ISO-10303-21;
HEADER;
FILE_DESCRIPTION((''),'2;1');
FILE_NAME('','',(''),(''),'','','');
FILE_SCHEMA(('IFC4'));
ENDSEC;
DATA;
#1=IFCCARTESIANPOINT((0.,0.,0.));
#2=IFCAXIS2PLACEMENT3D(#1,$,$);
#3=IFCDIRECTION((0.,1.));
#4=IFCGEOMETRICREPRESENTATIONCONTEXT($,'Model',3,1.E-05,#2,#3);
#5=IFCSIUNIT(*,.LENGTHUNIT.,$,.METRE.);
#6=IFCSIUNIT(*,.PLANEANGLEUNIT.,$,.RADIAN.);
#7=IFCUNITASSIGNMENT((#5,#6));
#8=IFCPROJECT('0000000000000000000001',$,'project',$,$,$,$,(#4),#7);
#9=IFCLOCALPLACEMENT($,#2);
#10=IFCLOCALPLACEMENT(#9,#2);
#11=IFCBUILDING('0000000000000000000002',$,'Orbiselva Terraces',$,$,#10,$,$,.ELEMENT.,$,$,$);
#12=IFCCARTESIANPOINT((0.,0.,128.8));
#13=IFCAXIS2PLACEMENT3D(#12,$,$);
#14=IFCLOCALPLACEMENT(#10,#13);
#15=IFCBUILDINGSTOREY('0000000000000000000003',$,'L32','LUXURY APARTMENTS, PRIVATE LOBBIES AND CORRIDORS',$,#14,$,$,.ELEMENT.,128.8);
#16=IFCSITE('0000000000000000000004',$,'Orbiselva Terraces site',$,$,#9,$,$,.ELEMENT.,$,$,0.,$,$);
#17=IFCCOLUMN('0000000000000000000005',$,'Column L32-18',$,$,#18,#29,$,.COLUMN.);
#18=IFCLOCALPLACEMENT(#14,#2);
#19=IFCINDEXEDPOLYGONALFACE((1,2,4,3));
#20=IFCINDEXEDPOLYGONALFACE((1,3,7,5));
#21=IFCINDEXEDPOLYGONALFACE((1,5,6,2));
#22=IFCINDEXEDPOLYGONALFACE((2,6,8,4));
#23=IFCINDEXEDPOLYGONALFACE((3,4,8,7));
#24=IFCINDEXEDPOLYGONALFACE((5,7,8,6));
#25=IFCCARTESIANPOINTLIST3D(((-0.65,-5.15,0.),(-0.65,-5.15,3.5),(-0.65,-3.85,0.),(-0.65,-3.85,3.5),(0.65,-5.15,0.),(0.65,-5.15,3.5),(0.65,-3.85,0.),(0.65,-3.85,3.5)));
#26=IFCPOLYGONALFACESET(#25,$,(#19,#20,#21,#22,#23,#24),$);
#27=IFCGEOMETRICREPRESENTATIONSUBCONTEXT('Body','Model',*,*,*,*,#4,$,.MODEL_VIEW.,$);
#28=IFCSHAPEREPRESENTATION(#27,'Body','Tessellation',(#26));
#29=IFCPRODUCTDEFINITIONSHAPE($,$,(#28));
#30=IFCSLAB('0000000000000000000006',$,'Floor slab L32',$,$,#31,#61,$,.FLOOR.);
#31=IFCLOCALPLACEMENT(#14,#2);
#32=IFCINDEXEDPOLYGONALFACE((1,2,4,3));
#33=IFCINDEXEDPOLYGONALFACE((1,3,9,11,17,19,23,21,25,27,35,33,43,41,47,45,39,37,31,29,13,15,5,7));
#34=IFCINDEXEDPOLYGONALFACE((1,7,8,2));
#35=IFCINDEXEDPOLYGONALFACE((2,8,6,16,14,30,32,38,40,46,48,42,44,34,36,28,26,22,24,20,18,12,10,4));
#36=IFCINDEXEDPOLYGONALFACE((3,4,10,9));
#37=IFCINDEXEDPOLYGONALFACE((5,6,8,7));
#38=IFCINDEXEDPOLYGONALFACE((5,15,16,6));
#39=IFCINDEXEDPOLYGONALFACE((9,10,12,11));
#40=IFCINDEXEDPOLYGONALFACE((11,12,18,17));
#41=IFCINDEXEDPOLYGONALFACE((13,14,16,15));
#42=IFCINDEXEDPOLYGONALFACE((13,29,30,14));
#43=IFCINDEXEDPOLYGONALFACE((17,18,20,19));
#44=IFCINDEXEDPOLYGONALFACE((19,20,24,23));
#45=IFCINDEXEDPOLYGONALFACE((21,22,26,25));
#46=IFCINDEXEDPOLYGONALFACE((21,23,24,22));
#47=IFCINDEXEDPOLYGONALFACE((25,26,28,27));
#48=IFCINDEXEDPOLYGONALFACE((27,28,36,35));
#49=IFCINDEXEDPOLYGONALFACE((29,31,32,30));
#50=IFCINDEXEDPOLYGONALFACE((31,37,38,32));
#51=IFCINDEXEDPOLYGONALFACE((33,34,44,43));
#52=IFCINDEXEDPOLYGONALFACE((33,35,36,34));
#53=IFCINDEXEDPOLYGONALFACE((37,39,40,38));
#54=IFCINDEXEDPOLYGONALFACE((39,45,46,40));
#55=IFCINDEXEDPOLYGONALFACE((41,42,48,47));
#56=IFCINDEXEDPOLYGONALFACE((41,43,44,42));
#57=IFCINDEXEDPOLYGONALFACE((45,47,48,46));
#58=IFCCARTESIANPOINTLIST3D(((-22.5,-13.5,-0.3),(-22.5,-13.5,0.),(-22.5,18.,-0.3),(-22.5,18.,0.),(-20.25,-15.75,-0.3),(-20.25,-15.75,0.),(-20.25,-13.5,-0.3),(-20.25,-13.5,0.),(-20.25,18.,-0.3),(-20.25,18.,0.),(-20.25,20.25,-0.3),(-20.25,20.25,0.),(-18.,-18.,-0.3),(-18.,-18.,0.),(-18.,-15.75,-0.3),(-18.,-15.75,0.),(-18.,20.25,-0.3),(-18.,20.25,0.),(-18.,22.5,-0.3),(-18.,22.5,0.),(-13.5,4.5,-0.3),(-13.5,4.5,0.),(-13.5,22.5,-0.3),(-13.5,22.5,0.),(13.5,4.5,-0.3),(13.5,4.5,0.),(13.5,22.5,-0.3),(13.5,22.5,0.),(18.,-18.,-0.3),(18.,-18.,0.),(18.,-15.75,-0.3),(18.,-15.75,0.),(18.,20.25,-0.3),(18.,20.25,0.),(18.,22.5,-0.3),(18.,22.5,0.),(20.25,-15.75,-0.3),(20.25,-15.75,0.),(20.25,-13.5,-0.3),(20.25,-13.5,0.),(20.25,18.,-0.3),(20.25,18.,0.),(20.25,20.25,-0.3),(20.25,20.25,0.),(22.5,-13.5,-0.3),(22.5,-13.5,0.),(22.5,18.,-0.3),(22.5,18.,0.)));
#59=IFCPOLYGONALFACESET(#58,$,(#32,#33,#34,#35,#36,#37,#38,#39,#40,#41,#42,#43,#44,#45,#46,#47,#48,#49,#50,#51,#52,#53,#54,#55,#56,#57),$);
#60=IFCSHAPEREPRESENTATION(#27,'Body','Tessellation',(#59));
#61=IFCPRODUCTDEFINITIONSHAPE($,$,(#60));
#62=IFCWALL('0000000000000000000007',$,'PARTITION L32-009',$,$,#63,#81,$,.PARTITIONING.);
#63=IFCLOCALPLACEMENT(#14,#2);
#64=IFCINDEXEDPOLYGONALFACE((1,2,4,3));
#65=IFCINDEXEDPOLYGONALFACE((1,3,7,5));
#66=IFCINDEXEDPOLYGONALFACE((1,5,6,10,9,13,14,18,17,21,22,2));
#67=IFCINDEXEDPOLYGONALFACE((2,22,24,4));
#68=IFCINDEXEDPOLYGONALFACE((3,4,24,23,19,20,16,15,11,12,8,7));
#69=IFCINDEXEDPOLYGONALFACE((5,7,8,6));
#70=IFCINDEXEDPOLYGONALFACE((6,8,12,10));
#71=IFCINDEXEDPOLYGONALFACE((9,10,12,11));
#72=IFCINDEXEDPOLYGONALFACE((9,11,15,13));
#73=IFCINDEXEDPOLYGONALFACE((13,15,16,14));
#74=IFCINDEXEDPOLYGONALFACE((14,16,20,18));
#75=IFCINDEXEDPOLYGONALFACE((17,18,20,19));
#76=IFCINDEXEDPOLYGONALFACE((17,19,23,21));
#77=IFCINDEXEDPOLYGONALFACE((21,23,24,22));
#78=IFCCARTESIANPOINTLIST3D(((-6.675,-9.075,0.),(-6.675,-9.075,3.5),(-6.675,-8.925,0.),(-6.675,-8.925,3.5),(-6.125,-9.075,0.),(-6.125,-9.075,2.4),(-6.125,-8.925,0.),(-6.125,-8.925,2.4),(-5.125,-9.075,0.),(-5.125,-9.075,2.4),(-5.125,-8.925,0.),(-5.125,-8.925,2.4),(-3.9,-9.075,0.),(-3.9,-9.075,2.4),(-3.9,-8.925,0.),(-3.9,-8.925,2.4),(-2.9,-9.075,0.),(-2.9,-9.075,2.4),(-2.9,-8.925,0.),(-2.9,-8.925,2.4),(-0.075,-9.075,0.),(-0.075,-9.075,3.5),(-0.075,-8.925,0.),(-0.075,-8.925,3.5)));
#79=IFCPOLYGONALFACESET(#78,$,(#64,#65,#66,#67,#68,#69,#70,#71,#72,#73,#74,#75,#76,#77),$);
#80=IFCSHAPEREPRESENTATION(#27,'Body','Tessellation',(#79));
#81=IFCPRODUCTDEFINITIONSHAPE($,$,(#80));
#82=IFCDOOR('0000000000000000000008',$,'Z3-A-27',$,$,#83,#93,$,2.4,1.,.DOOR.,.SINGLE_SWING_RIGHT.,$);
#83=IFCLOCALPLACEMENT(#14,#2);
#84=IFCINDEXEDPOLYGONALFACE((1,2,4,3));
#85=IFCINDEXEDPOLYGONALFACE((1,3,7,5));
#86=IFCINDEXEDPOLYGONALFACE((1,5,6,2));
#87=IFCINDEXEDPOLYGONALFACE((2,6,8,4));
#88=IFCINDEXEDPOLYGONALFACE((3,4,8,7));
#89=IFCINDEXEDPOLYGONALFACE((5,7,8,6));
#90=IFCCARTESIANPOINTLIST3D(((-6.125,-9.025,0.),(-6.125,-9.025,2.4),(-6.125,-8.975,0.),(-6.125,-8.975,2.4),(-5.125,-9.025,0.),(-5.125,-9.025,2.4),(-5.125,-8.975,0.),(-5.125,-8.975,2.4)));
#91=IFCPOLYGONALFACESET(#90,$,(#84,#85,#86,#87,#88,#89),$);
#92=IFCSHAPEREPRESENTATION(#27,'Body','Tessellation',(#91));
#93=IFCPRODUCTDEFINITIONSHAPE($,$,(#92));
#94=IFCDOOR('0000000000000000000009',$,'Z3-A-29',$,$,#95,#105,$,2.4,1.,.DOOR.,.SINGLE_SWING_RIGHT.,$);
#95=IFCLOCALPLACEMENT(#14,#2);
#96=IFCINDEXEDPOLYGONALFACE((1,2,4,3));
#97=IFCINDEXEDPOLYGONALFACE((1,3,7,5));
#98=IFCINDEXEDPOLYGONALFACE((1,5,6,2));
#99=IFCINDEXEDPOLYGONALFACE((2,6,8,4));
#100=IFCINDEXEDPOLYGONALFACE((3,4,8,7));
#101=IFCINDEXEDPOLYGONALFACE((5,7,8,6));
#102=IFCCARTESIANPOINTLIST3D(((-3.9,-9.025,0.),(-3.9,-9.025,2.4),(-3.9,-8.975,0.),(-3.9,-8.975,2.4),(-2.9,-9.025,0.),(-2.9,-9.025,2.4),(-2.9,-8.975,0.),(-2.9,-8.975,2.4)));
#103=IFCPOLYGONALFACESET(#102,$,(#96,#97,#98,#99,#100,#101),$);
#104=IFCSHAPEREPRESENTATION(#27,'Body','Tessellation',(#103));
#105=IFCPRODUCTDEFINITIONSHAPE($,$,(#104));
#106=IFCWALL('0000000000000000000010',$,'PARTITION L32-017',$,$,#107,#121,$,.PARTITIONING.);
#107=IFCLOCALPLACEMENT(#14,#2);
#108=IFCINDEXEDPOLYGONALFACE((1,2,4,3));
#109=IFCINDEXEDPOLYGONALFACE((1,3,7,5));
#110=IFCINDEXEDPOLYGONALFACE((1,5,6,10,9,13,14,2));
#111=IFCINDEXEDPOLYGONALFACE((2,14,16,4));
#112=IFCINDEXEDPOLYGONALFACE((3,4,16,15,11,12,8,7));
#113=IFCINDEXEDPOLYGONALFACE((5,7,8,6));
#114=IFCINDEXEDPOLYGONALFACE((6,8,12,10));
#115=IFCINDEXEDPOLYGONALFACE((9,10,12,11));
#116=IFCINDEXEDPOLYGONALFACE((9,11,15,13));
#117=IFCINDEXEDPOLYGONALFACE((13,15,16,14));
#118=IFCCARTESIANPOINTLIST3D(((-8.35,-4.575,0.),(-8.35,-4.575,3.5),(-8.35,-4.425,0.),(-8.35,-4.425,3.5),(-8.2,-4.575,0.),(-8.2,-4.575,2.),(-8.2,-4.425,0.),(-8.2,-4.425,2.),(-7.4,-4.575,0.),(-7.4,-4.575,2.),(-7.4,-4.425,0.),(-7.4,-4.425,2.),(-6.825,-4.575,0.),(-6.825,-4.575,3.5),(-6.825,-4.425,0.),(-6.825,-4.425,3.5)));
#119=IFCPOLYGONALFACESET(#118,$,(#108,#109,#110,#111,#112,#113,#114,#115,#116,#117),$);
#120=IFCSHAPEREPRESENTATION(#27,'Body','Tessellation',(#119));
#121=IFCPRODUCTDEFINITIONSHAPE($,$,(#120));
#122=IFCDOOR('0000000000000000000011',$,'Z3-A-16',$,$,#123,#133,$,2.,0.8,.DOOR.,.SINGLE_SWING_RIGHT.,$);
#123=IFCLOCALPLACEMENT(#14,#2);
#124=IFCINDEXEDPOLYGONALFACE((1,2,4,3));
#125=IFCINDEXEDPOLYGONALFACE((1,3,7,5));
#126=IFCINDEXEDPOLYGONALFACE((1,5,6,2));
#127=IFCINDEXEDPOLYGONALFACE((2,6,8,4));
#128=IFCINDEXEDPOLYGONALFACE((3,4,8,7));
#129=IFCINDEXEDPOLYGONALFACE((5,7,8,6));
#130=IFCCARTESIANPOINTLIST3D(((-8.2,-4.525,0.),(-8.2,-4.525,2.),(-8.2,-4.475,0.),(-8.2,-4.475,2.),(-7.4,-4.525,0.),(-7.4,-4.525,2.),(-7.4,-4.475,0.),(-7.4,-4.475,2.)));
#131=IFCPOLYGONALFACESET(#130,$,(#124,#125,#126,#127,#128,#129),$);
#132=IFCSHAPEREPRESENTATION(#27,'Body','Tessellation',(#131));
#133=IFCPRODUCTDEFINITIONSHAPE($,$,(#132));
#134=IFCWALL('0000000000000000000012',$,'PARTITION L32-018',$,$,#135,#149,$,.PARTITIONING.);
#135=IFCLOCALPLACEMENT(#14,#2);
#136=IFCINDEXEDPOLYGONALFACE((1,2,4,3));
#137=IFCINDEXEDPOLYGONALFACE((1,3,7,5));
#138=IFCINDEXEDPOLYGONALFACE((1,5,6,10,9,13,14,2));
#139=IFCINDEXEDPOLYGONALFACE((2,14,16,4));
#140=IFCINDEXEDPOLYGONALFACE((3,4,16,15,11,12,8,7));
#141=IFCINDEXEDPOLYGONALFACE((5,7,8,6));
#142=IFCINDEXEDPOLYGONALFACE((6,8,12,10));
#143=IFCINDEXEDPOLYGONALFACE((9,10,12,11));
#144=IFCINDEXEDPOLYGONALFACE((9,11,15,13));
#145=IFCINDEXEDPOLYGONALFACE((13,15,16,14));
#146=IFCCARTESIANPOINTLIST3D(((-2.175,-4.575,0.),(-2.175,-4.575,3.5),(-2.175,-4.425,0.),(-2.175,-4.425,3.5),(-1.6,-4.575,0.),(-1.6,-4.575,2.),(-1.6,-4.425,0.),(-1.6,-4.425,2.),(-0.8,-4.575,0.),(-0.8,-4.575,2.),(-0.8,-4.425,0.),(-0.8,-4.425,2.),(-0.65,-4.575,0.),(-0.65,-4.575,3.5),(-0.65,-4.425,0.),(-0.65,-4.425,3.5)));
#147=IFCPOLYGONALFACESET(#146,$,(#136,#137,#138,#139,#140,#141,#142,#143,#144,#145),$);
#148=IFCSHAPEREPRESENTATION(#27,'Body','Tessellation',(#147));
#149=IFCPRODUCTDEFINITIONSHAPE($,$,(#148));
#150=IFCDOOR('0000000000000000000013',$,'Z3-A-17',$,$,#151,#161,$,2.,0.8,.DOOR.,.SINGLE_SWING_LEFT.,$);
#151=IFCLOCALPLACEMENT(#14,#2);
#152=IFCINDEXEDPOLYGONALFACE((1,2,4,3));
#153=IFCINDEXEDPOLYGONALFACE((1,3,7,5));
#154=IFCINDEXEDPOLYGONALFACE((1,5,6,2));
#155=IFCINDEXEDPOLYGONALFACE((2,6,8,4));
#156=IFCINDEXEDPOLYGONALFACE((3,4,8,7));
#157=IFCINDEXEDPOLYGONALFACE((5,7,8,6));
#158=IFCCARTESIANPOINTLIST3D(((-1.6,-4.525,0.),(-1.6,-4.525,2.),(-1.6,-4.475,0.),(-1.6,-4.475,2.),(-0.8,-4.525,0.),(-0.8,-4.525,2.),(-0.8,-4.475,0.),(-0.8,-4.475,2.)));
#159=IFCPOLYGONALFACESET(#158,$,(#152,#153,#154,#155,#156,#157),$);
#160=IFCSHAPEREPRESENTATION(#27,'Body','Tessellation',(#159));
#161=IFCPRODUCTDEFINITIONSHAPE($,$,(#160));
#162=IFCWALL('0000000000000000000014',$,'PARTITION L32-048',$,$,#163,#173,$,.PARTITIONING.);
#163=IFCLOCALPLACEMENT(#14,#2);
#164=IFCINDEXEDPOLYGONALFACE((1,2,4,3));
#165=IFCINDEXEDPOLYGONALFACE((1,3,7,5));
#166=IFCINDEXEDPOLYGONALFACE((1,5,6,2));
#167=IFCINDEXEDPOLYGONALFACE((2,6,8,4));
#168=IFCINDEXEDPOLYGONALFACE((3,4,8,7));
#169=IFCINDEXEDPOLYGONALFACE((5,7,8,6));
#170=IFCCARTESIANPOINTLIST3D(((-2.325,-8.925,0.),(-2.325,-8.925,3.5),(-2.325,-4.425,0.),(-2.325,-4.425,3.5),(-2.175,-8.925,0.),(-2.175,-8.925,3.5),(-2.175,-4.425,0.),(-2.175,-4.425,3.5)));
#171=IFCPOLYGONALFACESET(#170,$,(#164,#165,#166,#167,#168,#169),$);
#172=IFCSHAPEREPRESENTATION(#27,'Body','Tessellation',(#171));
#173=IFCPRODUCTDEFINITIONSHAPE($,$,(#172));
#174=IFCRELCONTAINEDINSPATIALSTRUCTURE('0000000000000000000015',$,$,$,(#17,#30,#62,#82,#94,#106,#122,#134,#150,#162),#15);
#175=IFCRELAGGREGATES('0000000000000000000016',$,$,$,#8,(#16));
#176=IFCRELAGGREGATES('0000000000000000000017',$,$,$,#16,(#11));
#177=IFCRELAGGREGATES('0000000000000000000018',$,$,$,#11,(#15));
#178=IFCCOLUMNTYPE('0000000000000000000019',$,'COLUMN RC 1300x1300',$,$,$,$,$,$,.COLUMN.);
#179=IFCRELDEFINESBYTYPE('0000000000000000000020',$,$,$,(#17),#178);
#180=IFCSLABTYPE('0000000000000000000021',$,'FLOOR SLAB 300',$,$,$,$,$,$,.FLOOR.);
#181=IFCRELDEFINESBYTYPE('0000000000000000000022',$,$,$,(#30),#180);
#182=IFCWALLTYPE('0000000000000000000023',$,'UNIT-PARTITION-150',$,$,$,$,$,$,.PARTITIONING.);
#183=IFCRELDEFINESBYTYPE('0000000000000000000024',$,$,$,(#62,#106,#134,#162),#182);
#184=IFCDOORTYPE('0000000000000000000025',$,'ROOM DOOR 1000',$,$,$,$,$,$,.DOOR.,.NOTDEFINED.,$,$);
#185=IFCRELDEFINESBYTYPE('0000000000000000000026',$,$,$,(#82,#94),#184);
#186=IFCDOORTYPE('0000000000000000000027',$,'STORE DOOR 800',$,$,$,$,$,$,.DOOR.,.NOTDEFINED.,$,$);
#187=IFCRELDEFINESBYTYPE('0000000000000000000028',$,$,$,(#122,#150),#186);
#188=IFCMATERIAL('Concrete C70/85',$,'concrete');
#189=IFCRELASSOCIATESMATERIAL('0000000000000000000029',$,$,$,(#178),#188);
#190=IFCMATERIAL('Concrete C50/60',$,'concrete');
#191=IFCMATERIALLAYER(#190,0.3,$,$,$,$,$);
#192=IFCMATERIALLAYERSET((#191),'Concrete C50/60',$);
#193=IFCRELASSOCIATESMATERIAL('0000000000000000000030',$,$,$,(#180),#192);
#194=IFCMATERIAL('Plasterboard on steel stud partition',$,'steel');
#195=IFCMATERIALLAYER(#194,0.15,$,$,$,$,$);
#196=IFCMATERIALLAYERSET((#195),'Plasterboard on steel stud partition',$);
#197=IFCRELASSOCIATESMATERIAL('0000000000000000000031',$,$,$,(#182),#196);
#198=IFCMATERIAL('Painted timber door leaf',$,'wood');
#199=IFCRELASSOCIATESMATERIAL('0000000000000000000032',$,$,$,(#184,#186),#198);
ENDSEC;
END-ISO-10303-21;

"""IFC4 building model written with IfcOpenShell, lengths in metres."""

from ifc_helpers import new_model, si_unit, direction, frame, frame_2d, origin, origin_2d, place, context, subcontext, project, spatial, polyline, rectangle, outline, extrude, material, layer, layer_set, material_profile, profile_set, type_object, element, fill, save


model = new_model("IFC4")

# Units and contexts
model_context = context("Model", 3, precision=1e-05, world=origin(), true_north=direction((0.0, 1.0)))
body_context = subcontext(model_context, "Body", "Model", "MODEL_VIEW")
ifc_project = project(units=[si_unit("LENGTHUNIT", "METRE"), si_unit("PLANEANGLEUNIT", "RADIAN")], contexts=[model_context])

# Site, building, storey
site_placement = place(None, origin())
site = spatial("IfcSite", under=ifc_project, at=site_placement, Name="Orbiselva Terraces site", CompositionType="ELEMENT", RefElevation=0.0)
building_placement = place(site_placement, origin())
building = spatial("IfcBuilding", under=site, at=building_placement, Name="Orbiselva Terraces", CompositionType="ELEMENT")
storey_placement = place(building_placement, frame((0.0, 0.0, 128.8)))
storey = spatial("IfcBuildingStorey", under=building, at=storey_placement, Name="L32", Description="LUXURY APARTMENTS, PRIVATE LOBBIES AND CORRIDORS", CompositionType="ELEMENT", Elevation=128.8)

# Column
ifc_material_1 = material(Name="Concrete C70/85", Category="concrete")
ifc_material_profile = material_profile(ifc_material_1, rectangle(XDim=1.3, YDim=1.3, at=origin_2d()), Name="RC 1300x1300")
ifc_profile_set = profile_set([ifc_material_profile], Name="Concrete C70/85")
column_type = type_object("IfcColumnType", Name="COLUMN RC 1300x1300", PredefinedType="COLUMN", material=ifc_profile_set)
column_placement = place(storey_placement, frame((0.0, -4.5, 0.0), z_axis=(0.0, 0.0, 1.0), x_axis=(1.0, 0.0, 0.0)))
element("IfcColumn", 1, at=column_placement, inside=storey, type_object=column_type, Name="Column L32-18", PredefinedType="COLUMN", context=body_context, shape_type="SweptSolid", body=[
    extrude(rectangle(XDim=1.3, YDim=1.3, at=origin_2d()), origin(), (0.0, 0.0, 1.0), 3.5),
])

# Slab
ifc_material_2 = material(Name="Concrete C50/60", Category="concrete")
ifc_layer_1 = layer(ifc_material_2, 0.3)
ifc_layer_set_1 = layer_set([ifc_layer_1], Name="Concrete C50/60")
slab_type = type_object("IfcSlabType", Name="FLOOR SLAB 300", PredefinedType="FLOOR", material=ifc_layer_set_1)
slab_placement = place(storey_placement, frame((0.0, 0.0, -0.3)))
element("IfcSlab", 2, at=slab_placement, inside=storey, type_object=slab_type, Name="Floor slab L32", PredefinedType="FLOOR", context=body_context, shape_type="SweptSolid", body=[
    extrude(outline(polyline([(18.0, 22.5), (18.0, 20.25), (20.25, 20.25), (20.25, 18.0), (22.5, 18.0), (22.5, -13.5), (20.25, -13.5), (20.25, -15.75), (18.0, -15.75), (18.0, -18.0), (-18.0, -18.0), (-18.0, -15.75), (-20.25, -15.75), (-20.25, -13.5), (-22.5, -13.5), (-22.5, 18.0), (-20.25, 18.0), (-20.25, 20.25), (-18.0, 20.25), (-18.0, 22.5), (-13.5, 22.5), (-13.5, 4.5), (13.5, 4.5), (13.5, 22.5), (18.0, 22.5)])), origin(), (0.0, 0.0, 1.0), 0.3),
])

# Wall, openings, doors
ifc_material_3 = material(Name="Plasterboard on steel stud partition", Category="steel")
ifc_layer_2 = layer(ifc_material_3, 0.15)
ifc_layer_set_2 = layer_set([ifc_layer_2], Name="Plasterboard on steel stud partition")
wall_type = type_object("IfcWallType", Name="UNIT-PARTITION-150", PredefinedType="PARTITIONING", material=ifc_layer_set_2)
wall_1_placement = place(storey_placement, frame((-0.075, -9.0, 0.0), z_axis=(0.0, 0.0, 1.0), x_axis=(-1.0, 0.0, 0.0)))
wall_1 = element("IfcWall", 3, at=wall_1_placement, inside=storey, type_object=wall_type, Name="PARTITION L32-009", PredefinedType="PARTITIONING", context=body_context, shape_type="SweptSolid", body=[
    extrude(rectangle(XDim=6.6, YDim=0.15, at=frame_2d((3.3, 0.0))), origin(), (0.0, 0.0, 1.0), 3.5),
])
opening_1_placement = place(wall_1_placement, frame((5.05, 0.0, 0.0)))
opening_1 = element("IfcOpeningElement", 4, at=opening_1_placement, cuts=wall_1, PredefinedType="OPENING", context=body_context, shape_type="SweptSolid", body=[
    extrude(rectangle(XDim=1.0, YDim=2.4, at=frame_2d((0.5, 1.2))), frame((0.0, 0.085, 0.0), z_axis=(0.0, -1.0, 0.0), x_axis=(1.0, 0.0, 0.0)), (0.0, 0.0, 1.0), 0.17),
])
opening_2_placement = place(wall_1_placement, frame((2.825, 0.0, 0.0)))
opening_2 = element("IfcOpeningElement", 5, at=opening_2_placement, cuts=wall_1, PredefinedType="OPENING", context=body_context, shape_type="SweptSolid", body=[
    extrude(rectangle(XDim=1.0, YDim=2.4, at=frame_2d((0.5, 1.2))), frame((0.0, 0.085, 0.0), z_axis=(0.0, -1.0, 0.0), x_axis=(1.0, 0.0, 0.0)), (0.0, 0.0, 1.0), 0.17),
])
ifc_material_4 = material(Name="Painted timber door leaf", Category="wood")
door_type_1 = type_object("IfcDoorType", Name="ROOM DOOR 1000", OperationType="NOTDEFINED", PredefinedType="DOOR", material=ifc_material_4)
door_1_placement = place(opening_1_placement, origin())
door_1 = element("IfcDoor", 6, at=door_1_placement, inside=storey, type_object=door_type_1, Name="Z3-A-27", OperationType="SINGLE_SWING_RIGHT", OverallHeight=2.4, OverallWidth=1.0, PredefinedType="DOOR", context=body_context, shape_type="SweptSolid", body=[
    extrude(rectangle(XDim=1.0, YDim=2.4, at=frame_2d((0.5, 1.2))), frame((0.0, 0.025, 0.0), z_axis=(0.0, -1.0, 0.0), x_axis=(1.0, 0.0, 0.0)), (0.0, 0.0, 1.0), 0.05),
])
fill(opening_1, door_1)
door_2_placement = place(opening_2_placement, origin())
door_2 = element("IfcDoor", 7, at=door_2_placement, inside=storey, type_object=door_type_1, Name="Z3-A-29", OperationType="SINGLE_SWING_RIGHT", OverallHeight=2.4, OverallWidth=1.0, PredefinedType="DOOR", context=body_context, shape_type="SweptSolid", body=[
    extrude(rectangle(XDim=1.0, YDim=2.4, at=frame_2d((0.5, 1.2))), frame((0.0, 0.025, 0.0), z_axis=(0.0, -1.0, 0.0), x_axis=(1.0, 0.0, 0.0)), (0.0, 0.0, 1.0), 0.05),
])
fill(opening_2, door_2)

# Walls, openings, doors
wall_2_placement = place(storey_placement, frame((-6.825, -4.5, 0.0), z_axis=(0.0, 0.0, 1.0), x_axis=(-1.0, 0.0, 0.0)))
wall_2 = element("IfcWall", 8, at=wall_2_placement, inside=storey, type_object=wall_type, Name="PARTITION L32-017", PredefinedType="PARTITIONING", context=body_context, shape_type="SweptSolid", body=[
    extrude(rectangle(XDim=1.525, YDim=0.15, at=frame_2d((0.7625, 0.0))), origin(), (0.0, 0.0, 1.0), 3.5),
])
opening_3_placement = place(wall_2_placement, frame((0.575, 0.0, 0.0)))
opening_3 = element("IfcOpeningElement", 9, at=opening_3_placement, cuts=wall_2, PredefinedType="OPENING", context=body_context, shape_type="SweptSolid", body=[
    extrude(rectangle(XDim=0.8, YDim=2.0, at=frame_2d((0.4, 1.0))), frame((0.0, 0.085, 0.0), z_axis=(0.0, -1.0, 0.0), x_axis=(1.0, 0.0, 0.0)), (0.0, 0.0, 1.0), 0.17),
])
door_type_2 = type_object("IfcDoorType", Name="STORE DOOR 800", OperationType="NOTDEFINED", PredefinedType="DOOR", material=ifc_material_4)
door_3_placement = place(opening_3_placement, origin())
door_3 = element("IfcDoor", 10, at=door_3_placement, inside=storey, type_object=door_type_2, Name="Z3-A-16", OperationType="SINGLE_SWING_RIGHT", OverallHeight=2.0, OverallWidth=0.8, PredefinedType="DOOR", context=body_context, shape_type="SweptSolid", body=[
    extrude(rectangle(XDim=0.8, YDim=2.0, at=frame_2d((0.4, 1.0))), frame((0.0, 0.025, 0.0), z_axis=(0.0, -1.0, 0.0), x_axis=(1.0, 0.0, 0.0)), (0.0, 0.0, 1.0), 0.05),
])
fill(opening_3, door_3)
wall_3_placement = place(storey_placement, frame((-0.65, -4.5, 0.0), z_axis=(0.0, 0.0, 1.0), x_axis=(-1.0, 0.0, 0.0)))
wall_3 = element("IfcWall", 11, at=wall_3_placement, inside=storey, type_object=wall_type, Name="PARTITION L32-018", PredefinedType="PARTITIONING", context=body_context, shape_type="SweptSolid", body=[
    extrude(rectangle(XDim=1.525, YDim=0.15, at=frame_2d((0.7625, 0.0))), origin(), (0.0, 0.0, 1.0), 3.5),
])
opening_4_placement = place(wall_3_placement, frame((0.15, 0.0, 0.0)))
opening_4 = element("IfcOpeningElement", 12, at=opening_4_placement, cuts=wall_3, PredefinedType="OPENING", context=body_context, shape_type="SweptSolid", body=[
    extrude(rectangle(XDim=0.8, YDim=2.0, at=frame_2d((0.4, 1.0))), frame((0.0, 0.085, 0.0), z_axis=(0.0, -1.0, 0.0), x_axis=(1.0, 0.0, 0.0)), (0.0, 0.0, 1.0), 0.17),
])
door_4_placement = place(opening_4_placement, origin())
door_4 = element("IfcDoor", 13, at=door_4_placement, inside=storey, type_object=door_type_2, Name="Z3-A-17", OperationType="SINGLE_SWING_LEFT", OverallHeight=2.0, OverallWidth=0.8, PredefinedType="DOOR", context=body_context, shape_type="SweptSolid", body=[
    extrude(rectangle(XDim=0.8, YDim=2.0, at=frame_2d((0.4, 1.0))), frame((0.0, 0.025, 0.0), z_axis=(0.0, -1.0, 0.0), x_axis=(1.0, 0.0, 0.0)), (0.0, 0.0, 1.0), 0.05),
])
fill(opening_4, door_4)

# Wall
wall_4_placement = place(storey_placement, frame((-2.25, -8.925, 0.0), z_axis=(0.0, 0.0, 1.0), x_axis=(0.0, 1.0, 0.0)))
element("IfcWall", 14, at=wall_4_placement, inside=storey, type_object=wall_type, Name="PARTITION L32-048", PredefinedType="PARTITIONING", context=body_context, shape_type="SweptSolid", body=[
    extrude(rectangle(XDim=4.5, YDim=0.15, at=frame_2d((2.25, 0.0))), origin(), (0.0, 0.0, 1.0), 3.5),
])

save(model, "model.ifc")
